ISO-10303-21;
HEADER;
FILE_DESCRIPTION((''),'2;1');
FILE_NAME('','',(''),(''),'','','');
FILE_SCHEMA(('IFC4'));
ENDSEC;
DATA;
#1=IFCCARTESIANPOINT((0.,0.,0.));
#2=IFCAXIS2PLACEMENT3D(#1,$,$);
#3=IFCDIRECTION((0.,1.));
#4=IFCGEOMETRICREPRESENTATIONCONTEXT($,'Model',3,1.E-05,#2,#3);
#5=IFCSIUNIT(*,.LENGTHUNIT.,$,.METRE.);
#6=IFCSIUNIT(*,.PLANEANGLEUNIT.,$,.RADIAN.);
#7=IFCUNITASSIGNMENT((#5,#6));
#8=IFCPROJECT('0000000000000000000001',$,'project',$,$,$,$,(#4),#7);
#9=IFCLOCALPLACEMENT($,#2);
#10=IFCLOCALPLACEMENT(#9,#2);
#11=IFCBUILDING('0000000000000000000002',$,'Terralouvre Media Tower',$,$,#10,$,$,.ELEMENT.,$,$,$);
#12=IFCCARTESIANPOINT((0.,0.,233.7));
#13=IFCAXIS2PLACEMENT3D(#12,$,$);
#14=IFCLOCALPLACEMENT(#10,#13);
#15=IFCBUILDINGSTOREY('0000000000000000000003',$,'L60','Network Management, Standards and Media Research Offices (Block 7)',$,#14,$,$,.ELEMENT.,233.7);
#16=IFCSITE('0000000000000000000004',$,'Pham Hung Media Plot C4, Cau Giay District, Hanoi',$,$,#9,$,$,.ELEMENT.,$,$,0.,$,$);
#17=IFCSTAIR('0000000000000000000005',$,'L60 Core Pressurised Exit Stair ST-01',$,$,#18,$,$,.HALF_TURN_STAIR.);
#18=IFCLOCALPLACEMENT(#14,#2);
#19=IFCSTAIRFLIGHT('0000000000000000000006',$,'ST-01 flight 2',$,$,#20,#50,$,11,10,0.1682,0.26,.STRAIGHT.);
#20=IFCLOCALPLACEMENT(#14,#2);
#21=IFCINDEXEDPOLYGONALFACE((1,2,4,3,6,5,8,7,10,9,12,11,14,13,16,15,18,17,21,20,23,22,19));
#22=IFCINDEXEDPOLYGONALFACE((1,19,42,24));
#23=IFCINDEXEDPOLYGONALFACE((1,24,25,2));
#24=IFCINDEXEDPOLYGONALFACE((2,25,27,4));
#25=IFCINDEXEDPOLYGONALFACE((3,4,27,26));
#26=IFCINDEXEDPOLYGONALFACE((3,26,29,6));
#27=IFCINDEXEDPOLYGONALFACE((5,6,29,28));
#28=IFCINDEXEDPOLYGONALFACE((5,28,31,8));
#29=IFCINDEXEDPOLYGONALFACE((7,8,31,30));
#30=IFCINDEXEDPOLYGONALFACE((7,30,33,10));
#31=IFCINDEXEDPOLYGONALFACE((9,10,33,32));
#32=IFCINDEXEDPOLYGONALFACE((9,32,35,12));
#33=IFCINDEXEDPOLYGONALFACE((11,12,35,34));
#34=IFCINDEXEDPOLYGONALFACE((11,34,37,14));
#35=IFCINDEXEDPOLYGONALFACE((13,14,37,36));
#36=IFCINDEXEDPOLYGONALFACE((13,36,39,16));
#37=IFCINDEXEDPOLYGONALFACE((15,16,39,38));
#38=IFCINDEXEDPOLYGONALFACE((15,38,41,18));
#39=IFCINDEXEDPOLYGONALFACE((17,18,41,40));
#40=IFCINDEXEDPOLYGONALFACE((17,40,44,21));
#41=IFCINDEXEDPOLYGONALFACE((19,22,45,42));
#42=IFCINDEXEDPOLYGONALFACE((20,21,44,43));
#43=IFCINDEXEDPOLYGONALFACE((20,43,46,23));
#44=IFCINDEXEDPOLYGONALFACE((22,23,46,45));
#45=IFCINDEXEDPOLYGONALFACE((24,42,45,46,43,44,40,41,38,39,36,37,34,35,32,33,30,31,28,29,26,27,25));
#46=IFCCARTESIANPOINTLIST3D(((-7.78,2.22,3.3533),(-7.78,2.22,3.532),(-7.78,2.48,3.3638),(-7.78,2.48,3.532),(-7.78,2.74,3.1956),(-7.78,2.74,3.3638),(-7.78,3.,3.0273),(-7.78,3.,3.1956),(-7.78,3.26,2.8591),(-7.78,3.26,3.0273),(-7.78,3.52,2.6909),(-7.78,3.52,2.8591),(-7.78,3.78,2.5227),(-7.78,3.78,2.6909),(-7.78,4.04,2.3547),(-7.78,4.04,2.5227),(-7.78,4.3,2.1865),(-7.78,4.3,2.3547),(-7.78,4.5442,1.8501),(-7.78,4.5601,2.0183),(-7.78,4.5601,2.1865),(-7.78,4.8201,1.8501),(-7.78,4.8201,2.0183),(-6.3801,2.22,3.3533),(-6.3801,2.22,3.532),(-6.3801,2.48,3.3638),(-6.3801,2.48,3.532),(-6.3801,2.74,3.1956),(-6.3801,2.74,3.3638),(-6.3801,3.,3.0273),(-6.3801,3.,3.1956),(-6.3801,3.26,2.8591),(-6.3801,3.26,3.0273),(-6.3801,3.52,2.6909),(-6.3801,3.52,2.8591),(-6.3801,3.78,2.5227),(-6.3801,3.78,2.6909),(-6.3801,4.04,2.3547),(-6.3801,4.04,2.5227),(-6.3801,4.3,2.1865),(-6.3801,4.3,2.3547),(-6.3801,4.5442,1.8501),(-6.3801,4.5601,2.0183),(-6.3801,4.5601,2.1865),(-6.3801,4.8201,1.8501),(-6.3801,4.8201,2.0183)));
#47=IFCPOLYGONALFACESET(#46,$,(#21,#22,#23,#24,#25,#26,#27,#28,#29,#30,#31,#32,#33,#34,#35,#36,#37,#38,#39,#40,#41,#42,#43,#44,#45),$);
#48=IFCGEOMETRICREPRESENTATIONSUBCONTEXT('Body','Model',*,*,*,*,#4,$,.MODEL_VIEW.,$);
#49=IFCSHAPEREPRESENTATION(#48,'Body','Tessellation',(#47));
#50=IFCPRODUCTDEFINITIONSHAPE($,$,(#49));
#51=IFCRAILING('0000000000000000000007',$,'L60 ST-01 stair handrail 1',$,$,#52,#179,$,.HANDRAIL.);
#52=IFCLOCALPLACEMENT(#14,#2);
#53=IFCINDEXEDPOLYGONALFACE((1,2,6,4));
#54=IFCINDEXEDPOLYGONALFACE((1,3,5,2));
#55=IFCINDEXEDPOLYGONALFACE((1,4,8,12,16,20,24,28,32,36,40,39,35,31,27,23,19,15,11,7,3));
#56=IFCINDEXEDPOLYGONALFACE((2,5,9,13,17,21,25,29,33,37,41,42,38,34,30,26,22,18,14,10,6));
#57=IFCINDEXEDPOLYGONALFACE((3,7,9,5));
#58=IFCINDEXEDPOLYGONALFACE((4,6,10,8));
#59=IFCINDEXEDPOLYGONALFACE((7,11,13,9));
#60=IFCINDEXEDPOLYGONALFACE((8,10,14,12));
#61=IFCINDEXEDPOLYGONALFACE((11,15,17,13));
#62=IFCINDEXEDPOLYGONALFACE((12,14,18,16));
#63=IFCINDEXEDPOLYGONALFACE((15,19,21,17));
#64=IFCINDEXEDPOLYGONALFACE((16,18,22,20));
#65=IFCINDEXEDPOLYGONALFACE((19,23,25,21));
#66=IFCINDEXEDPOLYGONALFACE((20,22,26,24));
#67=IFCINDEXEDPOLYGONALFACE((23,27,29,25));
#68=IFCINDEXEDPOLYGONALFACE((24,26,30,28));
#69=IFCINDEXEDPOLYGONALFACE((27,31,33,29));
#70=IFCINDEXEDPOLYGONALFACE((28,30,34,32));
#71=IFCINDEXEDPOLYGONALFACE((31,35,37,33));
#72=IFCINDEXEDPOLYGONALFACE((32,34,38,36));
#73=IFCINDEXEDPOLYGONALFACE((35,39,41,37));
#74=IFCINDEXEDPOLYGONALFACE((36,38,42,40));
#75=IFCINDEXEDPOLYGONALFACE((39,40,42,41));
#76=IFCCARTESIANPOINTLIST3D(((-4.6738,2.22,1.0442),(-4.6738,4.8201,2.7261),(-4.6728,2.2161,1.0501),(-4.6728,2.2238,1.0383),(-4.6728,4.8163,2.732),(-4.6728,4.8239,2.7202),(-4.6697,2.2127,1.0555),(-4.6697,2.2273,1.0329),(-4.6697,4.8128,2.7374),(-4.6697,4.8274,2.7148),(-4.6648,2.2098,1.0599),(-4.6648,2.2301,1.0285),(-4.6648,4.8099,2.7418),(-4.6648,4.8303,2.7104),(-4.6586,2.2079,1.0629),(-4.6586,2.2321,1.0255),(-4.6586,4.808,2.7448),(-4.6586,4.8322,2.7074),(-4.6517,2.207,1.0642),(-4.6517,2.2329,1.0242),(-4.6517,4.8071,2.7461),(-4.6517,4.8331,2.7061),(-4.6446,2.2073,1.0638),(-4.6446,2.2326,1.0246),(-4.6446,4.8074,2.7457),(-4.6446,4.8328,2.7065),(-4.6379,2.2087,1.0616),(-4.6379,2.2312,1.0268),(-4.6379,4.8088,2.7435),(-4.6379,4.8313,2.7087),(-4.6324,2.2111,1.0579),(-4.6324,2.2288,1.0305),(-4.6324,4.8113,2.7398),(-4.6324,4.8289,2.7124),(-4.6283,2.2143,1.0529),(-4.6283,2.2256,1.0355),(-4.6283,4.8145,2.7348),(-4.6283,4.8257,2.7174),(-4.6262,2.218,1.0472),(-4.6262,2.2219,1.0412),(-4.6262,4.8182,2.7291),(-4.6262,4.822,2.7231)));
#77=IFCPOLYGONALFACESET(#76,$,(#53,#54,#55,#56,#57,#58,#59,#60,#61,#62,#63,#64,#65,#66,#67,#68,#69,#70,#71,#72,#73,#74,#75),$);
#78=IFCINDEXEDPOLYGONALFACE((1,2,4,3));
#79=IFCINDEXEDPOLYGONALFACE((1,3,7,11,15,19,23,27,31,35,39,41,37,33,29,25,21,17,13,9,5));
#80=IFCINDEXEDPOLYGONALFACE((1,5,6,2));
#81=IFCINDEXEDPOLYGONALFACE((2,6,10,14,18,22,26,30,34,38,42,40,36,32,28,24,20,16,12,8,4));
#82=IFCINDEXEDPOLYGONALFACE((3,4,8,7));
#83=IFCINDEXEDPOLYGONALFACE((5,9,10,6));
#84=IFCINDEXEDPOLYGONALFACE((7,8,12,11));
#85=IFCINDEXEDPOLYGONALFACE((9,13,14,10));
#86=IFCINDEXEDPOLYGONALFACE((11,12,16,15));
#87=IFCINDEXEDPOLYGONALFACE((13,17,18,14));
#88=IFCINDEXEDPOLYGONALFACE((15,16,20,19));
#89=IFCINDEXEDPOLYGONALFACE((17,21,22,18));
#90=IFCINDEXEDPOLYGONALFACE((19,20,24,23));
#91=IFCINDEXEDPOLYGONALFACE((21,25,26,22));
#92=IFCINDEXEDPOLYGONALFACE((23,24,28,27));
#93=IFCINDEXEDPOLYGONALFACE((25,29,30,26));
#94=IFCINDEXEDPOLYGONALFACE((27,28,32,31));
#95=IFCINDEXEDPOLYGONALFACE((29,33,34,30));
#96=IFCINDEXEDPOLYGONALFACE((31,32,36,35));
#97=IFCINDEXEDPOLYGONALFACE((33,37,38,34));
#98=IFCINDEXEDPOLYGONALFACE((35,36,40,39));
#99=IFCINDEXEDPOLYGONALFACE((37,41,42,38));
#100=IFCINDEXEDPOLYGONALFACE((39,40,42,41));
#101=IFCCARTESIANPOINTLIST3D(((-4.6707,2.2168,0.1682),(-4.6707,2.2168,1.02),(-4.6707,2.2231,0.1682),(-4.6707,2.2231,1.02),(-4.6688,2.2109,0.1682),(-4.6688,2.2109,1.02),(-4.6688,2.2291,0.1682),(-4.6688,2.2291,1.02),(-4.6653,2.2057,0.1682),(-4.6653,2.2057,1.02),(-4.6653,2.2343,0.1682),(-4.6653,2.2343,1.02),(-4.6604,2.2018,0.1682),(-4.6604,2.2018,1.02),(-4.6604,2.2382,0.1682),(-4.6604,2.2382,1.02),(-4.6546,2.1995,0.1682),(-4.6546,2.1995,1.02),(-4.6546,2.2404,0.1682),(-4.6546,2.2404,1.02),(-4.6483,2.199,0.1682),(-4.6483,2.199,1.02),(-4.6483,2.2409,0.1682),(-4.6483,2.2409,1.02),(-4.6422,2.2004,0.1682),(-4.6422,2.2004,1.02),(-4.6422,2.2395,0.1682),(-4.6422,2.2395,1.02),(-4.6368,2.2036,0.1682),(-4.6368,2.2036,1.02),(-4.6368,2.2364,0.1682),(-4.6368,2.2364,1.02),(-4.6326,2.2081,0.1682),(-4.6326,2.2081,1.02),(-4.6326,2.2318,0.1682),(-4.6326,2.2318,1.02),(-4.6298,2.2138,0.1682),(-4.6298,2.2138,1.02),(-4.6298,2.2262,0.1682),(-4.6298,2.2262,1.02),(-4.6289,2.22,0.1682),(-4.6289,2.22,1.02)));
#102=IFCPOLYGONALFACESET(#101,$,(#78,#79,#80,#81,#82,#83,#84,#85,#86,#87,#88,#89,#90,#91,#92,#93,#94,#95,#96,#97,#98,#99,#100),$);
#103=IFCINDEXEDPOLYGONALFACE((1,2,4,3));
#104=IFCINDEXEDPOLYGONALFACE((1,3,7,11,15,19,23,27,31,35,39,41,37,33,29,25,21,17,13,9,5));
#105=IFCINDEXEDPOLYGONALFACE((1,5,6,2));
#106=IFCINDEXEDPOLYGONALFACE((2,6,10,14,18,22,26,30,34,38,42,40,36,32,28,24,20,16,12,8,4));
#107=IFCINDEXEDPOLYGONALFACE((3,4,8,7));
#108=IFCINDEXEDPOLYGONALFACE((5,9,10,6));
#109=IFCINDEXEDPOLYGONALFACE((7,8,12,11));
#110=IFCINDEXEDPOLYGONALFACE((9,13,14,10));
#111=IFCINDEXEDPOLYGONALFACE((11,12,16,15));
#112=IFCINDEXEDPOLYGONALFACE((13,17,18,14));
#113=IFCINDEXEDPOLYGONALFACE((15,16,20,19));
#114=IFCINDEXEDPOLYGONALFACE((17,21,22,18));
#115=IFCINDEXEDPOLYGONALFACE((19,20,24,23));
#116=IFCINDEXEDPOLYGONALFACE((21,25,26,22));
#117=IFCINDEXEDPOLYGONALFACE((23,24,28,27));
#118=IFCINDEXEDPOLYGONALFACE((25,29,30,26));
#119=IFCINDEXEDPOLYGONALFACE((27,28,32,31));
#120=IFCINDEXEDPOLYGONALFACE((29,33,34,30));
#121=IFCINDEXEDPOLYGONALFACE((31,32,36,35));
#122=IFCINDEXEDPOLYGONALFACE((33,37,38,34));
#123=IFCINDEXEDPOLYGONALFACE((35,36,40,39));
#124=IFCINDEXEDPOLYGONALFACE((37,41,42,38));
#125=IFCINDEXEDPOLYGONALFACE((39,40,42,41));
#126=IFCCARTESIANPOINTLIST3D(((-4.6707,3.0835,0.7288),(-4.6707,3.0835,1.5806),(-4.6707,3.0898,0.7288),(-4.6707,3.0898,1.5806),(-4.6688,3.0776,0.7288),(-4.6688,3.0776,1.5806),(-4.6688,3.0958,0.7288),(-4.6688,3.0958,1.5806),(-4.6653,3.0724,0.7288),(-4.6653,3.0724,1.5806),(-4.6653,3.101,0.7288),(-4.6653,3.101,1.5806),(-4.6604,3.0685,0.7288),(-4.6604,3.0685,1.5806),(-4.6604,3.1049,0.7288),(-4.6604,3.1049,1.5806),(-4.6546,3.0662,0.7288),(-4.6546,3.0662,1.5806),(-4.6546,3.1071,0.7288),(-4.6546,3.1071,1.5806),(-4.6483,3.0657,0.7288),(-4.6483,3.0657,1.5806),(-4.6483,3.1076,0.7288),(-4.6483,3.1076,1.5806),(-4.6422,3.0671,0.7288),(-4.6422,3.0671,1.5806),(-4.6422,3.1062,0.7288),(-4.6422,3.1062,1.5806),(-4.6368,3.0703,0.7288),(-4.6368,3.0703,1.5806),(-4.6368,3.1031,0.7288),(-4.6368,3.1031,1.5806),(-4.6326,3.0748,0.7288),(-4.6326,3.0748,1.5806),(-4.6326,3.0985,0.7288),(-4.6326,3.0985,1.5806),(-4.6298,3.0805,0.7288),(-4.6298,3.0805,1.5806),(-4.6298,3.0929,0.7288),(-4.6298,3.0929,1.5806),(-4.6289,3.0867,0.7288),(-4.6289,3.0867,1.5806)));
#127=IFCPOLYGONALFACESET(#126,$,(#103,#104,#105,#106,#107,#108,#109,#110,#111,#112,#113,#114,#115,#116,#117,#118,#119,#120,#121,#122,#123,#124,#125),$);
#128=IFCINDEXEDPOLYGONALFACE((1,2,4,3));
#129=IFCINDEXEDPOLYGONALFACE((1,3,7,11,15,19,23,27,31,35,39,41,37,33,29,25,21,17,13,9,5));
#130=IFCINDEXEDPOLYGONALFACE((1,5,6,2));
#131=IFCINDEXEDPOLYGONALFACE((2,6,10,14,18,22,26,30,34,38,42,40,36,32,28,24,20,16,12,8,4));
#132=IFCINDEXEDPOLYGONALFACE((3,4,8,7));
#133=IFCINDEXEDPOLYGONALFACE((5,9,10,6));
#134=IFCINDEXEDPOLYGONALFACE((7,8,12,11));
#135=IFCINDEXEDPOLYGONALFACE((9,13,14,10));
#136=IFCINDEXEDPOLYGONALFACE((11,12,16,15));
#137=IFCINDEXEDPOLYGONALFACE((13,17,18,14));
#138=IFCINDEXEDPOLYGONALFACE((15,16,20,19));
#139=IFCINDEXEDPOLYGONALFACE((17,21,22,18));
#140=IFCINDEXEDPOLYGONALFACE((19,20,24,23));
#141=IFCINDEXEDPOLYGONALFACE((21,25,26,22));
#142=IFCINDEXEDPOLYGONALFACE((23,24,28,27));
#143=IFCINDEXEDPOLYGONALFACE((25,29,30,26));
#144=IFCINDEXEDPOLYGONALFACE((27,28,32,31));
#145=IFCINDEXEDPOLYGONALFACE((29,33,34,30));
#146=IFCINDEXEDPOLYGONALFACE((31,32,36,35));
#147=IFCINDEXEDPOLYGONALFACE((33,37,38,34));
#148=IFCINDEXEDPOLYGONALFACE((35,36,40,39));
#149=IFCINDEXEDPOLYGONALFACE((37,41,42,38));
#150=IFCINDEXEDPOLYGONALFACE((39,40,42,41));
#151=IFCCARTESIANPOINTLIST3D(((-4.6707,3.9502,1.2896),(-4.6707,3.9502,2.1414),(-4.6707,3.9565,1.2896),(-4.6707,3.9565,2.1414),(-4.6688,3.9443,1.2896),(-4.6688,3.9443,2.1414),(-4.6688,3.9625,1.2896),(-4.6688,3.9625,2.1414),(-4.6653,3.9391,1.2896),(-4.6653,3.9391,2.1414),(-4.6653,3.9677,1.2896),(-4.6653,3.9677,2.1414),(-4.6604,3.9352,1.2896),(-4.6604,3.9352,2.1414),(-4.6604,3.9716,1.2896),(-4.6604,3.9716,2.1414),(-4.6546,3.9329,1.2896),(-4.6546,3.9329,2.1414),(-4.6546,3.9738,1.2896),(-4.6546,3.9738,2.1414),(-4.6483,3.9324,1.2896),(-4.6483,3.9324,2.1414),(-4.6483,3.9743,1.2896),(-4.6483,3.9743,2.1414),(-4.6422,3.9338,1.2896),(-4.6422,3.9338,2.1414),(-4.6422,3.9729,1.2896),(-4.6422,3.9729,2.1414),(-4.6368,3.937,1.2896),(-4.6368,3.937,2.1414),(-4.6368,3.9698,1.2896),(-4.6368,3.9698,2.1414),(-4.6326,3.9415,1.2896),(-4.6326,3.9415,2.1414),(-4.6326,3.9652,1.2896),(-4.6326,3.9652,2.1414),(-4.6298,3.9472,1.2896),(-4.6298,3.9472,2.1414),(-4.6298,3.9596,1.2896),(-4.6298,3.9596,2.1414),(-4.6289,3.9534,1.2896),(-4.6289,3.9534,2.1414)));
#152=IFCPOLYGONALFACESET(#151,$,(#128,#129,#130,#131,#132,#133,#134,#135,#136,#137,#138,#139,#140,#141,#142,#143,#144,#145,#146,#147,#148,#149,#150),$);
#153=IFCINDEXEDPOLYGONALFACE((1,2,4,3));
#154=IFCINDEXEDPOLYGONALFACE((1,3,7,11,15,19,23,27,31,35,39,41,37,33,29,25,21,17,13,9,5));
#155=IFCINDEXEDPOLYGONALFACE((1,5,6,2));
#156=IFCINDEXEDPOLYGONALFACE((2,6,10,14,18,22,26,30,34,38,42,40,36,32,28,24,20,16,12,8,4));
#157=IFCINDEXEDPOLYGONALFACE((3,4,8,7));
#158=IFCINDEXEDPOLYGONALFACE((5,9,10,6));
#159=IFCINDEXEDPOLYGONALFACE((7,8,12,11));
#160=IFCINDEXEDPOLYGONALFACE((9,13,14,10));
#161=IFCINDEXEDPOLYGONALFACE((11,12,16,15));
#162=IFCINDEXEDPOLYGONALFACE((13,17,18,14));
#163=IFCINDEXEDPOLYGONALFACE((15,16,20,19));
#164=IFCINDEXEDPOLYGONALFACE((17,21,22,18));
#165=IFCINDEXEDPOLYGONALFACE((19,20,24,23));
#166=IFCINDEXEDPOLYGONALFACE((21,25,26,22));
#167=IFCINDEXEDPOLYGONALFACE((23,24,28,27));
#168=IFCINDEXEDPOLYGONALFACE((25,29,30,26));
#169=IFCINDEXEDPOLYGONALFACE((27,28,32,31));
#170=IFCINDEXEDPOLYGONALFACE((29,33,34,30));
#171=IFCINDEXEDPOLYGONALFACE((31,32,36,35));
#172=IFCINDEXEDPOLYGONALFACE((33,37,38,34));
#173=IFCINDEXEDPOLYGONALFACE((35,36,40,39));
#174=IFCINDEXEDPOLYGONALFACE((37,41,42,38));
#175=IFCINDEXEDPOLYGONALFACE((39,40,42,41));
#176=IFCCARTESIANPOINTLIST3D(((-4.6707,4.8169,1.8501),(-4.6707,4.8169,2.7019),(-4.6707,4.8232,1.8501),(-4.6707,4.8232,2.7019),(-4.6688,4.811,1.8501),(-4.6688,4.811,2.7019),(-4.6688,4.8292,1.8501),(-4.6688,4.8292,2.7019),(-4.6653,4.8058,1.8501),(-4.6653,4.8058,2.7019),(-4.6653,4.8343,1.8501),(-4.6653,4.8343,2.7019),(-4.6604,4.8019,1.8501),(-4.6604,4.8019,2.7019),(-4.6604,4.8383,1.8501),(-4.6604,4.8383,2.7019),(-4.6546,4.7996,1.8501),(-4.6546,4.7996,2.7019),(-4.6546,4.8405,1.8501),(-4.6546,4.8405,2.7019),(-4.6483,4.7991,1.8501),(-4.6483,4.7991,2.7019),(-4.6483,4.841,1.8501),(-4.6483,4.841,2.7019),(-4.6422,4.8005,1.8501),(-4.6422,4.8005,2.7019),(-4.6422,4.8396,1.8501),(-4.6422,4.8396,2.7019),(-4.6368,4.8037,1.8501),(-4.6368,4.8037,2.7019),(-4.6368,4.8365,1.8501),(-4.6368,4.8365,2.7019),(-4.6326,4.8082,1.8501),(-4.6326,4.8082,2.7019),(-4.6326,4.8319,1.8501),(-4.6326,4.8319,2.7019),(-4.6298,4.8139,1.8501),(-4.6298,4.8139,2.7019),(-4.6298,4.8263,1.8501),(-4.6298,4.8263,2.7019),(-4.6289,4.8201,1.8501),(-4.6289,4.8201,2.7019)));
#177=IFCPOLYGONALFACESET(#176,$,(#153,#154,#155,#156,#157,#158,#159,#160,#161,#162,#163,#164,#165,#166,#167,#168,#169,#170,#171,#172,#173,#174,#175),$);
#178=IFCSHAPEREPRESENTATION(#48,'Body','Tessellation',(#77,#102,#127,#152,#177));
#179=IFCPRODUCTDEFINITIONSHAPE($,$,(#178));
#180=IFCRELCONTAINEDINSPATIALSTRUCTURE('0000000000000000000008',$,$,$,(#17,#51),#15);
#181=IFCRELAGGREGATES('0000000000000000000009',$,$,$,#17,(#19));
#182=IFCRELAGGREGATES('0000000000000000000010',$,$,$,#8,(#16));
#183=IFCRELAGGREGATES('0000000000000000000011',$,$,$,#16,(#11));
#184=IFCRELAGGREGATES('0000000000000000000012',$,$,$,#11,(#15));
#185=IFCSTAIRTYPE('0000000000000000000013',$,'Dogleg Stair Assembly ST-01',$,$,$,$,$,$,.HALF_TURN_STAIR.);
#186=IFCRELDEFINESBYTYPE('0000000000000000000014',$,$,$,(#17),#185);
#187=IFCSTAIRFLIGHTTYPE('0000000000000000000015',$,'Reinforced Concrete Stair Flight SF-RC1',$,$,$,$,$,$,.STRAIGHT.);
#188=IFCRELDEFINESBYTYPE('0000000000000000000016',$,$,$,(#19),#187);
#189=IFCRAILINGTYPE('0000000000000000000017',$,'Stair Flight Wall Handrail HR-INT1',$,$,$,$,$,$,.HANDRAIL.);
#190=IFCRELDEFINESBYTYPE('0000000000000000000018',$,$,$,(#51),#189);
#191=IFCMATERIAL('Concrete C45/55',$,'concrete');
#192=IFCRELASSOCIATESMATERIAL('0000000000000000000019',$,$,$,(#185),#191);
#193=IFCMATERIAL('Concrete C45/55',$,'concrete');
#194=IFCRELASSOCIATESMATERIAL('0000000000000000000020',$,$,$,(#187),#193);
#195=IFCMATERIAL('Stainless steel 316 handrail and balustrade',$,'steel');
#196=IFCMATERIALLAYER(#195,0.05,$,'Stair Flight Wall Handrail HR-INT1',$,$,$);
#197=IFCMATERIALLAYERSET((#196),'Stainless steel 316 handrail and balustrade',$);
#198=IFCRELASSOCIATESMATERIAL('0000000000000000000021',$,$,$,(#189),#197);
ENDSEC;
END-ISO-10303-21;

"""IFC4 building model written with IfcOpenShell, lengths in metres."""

from ifc_helpers import new_model, si_unit, direction, frame, origin, origin_2d, place, context, subcontext, project, spatial, polyline, circle, outline, extrude, material, layer, layer_set, type_object, element, aggregate, save


model = new_model("IFC4")

# Units and contexts
model_context = context("Model", 3, precision=1e-05, world=origin(), true_north=direction((0.0, 1.0)))
body_context = subcontext(model_context, "Body", "Model", "MODEL_VIEW")
ifc_project = project(units=[si_unit("LENGTHUNIT", "METRE"), si_unit("PLANEANGLEUNIT", "RADIAN")], contexts=[model_context])

# Site, building, storey
site_placement = place(None, origin())
site = spatial("IfcSite", under=ifc_project, at=site_placement, Name="Pham Hung Media Plot C4, Cau Giay District, Hanoi", CompositionType="ELEMENT", RefElevation=0.0)
building_placement = place(site_placement, origin())
building = spatial("IfcBuilding", under=site, at=building_placement, Name="Terralouvre Media Tower", CompositionType="ELEMENT")
storey_placement = place(building_placement, frame((0.0, 0.0, 233.7)))
storey = spatial("IfcBuildingStorey", under=building, at=storey_placement, Name="L60", Description="Network Management, Standards and Media Research Offices (Block 7)", CompositionType="ELEMENT", Elevation=233.7)

# Stair, stair flight
ifc_material_1 = material(Name="Concrete C45/55", Category="concrete")
stair_type = type_object("IfcStairType", Name="Dogleg Stair Assembly ST-01", PredefinedType="HALF_TURN_STAIR", material=ifc_material_1)
stair_placement = place(storey_placement, origin())
stair = element("IfcStair", 1, at=stair_placement, inside=storey, type_object=stair_type, Name="L60 Core Pressurised Exit Stair ST-01", PredefinedType="HALF_TURN_STAIR")
ifc_material_2 = material(Name="Concrete C45/55", Category="concrete")
stair_flight_type = type_object("IfcStairFlightType", Name="Reinforced Concrete Stair Flight SF-RC1", PredefinedType="STRAIGHT", material=ifc_material_2)
stair_flight_1_placement = place(storey_placement, frame((-7.0801, 4.8201, 1.8501), z_axis=(0.0, 0.0, 1.0), x_axis=(0.0, -1.0, 0.0)))
stair_flight_1 = element("IfcStairFlight", 2, at=stair_flight_1_placement, type_object=stair_flight_type, Name="ST-01 flight 2", NumberOfRisers=11, NumberOfTreads=10, PredefinedType="STRAIGHT", RiserHeight=0.1682, TreadLength=0.26, context=body_context, shape_type="SweptSolid", body=[
    extrude(outline(polyline([(0.0, 0.0), (0.0, 0.1682), (0.26, 0.1682), (0.26, 0.3364), (0.52, 0.3364), (0.52, 0.5046), (0.78, 0.5046), (0.78, 0.6726), (1.04, 0.6726), (1.04, 0.8408), (1.3, 0.8408), (1.3, 1.009), (1.5601, 1.009), (1.5601, 1.1772), (1.8201, 1.1772), (1.8201, 1.3455), (2.0801, 1.3455), (2.0801, 1.5137), (2.3401, 1.5137), (2.3401, 1.6819), (2.6001, 1.6819), (2.6001, 1.8501), (2.6001, 1.5032), (0.2759, 0.0), (0.0, 0.0)])), frame((0.0, 0.7, 0.0), z_axis=(0.0, -1.0, 0.0), x_axis=(1.0, 0.0, 0.0)), (0.0, 0.0, 1.0), 1.3999),
])
aggregate(stair, [stair_flight_1])

# Railing
ifc_material_3 = material(Name="Stainless steel 316 handrail and balustrade", Category="steel")
ifc_layer_1 = layer(ifc_material_3, 0.05, Name="Stair Flight Wall Handrail HR-INT1")
ifc_layer_set_1 = layer_set([ifc_layer_1], Name="Stainless steel 316 handrail and balustrade")
railing_type_1 = type_object("IfcRailingType", Name="Stair Flight Wall Handrail HR-INT1", PredefinedType="HANDRAIL", material=ifc_layer_set_1)
railing_1_placement = place(storey_placement, frame((-4.6499, 2.22, 0.1682)))
element("IfcRailing", 3, at=railing_1_placement, inside=storey, type_object=railing_type_1, Name="L60 ST-01 stair handrail 1", PredefinedType="HANDRAIL", context=body_context, shape_type="SweptSolid", body=[
    extrude(circle(Radius=0.0239, at=origin_2d()), frame((0.0, 0.0, 0.876), z_axis=(0.0, 0.839648, 0.54313), x_axis=(-1.0, 0.0, 0.0)), (0.0, 0.0, 1.0), 3.0967),
    extrude(circle(Radius=0.021, at=origin_2d()), origin(), (0.0, 0.0, 1.0), 0.8518),
    extrude(circle(Radius=0.021, at=origin_2d()), frame((0.0, 0.8667, 0.5605)), (0.0, 0.0, 1.0), 0.8518),
    extrude(circle(Radius=0.021, at=origin_2d()), frame((0.0, 1.7334, 1.1213)), (0.0, 0.0, 1.0), 0.8518),
    extrude(circle(Radius=0.021, at=origin_2d()), frame((0.0, 2.6001, 1.6819)), (0.0, 0.0, 1.0), 0.8518),
])

save(model, "model.ifc")
